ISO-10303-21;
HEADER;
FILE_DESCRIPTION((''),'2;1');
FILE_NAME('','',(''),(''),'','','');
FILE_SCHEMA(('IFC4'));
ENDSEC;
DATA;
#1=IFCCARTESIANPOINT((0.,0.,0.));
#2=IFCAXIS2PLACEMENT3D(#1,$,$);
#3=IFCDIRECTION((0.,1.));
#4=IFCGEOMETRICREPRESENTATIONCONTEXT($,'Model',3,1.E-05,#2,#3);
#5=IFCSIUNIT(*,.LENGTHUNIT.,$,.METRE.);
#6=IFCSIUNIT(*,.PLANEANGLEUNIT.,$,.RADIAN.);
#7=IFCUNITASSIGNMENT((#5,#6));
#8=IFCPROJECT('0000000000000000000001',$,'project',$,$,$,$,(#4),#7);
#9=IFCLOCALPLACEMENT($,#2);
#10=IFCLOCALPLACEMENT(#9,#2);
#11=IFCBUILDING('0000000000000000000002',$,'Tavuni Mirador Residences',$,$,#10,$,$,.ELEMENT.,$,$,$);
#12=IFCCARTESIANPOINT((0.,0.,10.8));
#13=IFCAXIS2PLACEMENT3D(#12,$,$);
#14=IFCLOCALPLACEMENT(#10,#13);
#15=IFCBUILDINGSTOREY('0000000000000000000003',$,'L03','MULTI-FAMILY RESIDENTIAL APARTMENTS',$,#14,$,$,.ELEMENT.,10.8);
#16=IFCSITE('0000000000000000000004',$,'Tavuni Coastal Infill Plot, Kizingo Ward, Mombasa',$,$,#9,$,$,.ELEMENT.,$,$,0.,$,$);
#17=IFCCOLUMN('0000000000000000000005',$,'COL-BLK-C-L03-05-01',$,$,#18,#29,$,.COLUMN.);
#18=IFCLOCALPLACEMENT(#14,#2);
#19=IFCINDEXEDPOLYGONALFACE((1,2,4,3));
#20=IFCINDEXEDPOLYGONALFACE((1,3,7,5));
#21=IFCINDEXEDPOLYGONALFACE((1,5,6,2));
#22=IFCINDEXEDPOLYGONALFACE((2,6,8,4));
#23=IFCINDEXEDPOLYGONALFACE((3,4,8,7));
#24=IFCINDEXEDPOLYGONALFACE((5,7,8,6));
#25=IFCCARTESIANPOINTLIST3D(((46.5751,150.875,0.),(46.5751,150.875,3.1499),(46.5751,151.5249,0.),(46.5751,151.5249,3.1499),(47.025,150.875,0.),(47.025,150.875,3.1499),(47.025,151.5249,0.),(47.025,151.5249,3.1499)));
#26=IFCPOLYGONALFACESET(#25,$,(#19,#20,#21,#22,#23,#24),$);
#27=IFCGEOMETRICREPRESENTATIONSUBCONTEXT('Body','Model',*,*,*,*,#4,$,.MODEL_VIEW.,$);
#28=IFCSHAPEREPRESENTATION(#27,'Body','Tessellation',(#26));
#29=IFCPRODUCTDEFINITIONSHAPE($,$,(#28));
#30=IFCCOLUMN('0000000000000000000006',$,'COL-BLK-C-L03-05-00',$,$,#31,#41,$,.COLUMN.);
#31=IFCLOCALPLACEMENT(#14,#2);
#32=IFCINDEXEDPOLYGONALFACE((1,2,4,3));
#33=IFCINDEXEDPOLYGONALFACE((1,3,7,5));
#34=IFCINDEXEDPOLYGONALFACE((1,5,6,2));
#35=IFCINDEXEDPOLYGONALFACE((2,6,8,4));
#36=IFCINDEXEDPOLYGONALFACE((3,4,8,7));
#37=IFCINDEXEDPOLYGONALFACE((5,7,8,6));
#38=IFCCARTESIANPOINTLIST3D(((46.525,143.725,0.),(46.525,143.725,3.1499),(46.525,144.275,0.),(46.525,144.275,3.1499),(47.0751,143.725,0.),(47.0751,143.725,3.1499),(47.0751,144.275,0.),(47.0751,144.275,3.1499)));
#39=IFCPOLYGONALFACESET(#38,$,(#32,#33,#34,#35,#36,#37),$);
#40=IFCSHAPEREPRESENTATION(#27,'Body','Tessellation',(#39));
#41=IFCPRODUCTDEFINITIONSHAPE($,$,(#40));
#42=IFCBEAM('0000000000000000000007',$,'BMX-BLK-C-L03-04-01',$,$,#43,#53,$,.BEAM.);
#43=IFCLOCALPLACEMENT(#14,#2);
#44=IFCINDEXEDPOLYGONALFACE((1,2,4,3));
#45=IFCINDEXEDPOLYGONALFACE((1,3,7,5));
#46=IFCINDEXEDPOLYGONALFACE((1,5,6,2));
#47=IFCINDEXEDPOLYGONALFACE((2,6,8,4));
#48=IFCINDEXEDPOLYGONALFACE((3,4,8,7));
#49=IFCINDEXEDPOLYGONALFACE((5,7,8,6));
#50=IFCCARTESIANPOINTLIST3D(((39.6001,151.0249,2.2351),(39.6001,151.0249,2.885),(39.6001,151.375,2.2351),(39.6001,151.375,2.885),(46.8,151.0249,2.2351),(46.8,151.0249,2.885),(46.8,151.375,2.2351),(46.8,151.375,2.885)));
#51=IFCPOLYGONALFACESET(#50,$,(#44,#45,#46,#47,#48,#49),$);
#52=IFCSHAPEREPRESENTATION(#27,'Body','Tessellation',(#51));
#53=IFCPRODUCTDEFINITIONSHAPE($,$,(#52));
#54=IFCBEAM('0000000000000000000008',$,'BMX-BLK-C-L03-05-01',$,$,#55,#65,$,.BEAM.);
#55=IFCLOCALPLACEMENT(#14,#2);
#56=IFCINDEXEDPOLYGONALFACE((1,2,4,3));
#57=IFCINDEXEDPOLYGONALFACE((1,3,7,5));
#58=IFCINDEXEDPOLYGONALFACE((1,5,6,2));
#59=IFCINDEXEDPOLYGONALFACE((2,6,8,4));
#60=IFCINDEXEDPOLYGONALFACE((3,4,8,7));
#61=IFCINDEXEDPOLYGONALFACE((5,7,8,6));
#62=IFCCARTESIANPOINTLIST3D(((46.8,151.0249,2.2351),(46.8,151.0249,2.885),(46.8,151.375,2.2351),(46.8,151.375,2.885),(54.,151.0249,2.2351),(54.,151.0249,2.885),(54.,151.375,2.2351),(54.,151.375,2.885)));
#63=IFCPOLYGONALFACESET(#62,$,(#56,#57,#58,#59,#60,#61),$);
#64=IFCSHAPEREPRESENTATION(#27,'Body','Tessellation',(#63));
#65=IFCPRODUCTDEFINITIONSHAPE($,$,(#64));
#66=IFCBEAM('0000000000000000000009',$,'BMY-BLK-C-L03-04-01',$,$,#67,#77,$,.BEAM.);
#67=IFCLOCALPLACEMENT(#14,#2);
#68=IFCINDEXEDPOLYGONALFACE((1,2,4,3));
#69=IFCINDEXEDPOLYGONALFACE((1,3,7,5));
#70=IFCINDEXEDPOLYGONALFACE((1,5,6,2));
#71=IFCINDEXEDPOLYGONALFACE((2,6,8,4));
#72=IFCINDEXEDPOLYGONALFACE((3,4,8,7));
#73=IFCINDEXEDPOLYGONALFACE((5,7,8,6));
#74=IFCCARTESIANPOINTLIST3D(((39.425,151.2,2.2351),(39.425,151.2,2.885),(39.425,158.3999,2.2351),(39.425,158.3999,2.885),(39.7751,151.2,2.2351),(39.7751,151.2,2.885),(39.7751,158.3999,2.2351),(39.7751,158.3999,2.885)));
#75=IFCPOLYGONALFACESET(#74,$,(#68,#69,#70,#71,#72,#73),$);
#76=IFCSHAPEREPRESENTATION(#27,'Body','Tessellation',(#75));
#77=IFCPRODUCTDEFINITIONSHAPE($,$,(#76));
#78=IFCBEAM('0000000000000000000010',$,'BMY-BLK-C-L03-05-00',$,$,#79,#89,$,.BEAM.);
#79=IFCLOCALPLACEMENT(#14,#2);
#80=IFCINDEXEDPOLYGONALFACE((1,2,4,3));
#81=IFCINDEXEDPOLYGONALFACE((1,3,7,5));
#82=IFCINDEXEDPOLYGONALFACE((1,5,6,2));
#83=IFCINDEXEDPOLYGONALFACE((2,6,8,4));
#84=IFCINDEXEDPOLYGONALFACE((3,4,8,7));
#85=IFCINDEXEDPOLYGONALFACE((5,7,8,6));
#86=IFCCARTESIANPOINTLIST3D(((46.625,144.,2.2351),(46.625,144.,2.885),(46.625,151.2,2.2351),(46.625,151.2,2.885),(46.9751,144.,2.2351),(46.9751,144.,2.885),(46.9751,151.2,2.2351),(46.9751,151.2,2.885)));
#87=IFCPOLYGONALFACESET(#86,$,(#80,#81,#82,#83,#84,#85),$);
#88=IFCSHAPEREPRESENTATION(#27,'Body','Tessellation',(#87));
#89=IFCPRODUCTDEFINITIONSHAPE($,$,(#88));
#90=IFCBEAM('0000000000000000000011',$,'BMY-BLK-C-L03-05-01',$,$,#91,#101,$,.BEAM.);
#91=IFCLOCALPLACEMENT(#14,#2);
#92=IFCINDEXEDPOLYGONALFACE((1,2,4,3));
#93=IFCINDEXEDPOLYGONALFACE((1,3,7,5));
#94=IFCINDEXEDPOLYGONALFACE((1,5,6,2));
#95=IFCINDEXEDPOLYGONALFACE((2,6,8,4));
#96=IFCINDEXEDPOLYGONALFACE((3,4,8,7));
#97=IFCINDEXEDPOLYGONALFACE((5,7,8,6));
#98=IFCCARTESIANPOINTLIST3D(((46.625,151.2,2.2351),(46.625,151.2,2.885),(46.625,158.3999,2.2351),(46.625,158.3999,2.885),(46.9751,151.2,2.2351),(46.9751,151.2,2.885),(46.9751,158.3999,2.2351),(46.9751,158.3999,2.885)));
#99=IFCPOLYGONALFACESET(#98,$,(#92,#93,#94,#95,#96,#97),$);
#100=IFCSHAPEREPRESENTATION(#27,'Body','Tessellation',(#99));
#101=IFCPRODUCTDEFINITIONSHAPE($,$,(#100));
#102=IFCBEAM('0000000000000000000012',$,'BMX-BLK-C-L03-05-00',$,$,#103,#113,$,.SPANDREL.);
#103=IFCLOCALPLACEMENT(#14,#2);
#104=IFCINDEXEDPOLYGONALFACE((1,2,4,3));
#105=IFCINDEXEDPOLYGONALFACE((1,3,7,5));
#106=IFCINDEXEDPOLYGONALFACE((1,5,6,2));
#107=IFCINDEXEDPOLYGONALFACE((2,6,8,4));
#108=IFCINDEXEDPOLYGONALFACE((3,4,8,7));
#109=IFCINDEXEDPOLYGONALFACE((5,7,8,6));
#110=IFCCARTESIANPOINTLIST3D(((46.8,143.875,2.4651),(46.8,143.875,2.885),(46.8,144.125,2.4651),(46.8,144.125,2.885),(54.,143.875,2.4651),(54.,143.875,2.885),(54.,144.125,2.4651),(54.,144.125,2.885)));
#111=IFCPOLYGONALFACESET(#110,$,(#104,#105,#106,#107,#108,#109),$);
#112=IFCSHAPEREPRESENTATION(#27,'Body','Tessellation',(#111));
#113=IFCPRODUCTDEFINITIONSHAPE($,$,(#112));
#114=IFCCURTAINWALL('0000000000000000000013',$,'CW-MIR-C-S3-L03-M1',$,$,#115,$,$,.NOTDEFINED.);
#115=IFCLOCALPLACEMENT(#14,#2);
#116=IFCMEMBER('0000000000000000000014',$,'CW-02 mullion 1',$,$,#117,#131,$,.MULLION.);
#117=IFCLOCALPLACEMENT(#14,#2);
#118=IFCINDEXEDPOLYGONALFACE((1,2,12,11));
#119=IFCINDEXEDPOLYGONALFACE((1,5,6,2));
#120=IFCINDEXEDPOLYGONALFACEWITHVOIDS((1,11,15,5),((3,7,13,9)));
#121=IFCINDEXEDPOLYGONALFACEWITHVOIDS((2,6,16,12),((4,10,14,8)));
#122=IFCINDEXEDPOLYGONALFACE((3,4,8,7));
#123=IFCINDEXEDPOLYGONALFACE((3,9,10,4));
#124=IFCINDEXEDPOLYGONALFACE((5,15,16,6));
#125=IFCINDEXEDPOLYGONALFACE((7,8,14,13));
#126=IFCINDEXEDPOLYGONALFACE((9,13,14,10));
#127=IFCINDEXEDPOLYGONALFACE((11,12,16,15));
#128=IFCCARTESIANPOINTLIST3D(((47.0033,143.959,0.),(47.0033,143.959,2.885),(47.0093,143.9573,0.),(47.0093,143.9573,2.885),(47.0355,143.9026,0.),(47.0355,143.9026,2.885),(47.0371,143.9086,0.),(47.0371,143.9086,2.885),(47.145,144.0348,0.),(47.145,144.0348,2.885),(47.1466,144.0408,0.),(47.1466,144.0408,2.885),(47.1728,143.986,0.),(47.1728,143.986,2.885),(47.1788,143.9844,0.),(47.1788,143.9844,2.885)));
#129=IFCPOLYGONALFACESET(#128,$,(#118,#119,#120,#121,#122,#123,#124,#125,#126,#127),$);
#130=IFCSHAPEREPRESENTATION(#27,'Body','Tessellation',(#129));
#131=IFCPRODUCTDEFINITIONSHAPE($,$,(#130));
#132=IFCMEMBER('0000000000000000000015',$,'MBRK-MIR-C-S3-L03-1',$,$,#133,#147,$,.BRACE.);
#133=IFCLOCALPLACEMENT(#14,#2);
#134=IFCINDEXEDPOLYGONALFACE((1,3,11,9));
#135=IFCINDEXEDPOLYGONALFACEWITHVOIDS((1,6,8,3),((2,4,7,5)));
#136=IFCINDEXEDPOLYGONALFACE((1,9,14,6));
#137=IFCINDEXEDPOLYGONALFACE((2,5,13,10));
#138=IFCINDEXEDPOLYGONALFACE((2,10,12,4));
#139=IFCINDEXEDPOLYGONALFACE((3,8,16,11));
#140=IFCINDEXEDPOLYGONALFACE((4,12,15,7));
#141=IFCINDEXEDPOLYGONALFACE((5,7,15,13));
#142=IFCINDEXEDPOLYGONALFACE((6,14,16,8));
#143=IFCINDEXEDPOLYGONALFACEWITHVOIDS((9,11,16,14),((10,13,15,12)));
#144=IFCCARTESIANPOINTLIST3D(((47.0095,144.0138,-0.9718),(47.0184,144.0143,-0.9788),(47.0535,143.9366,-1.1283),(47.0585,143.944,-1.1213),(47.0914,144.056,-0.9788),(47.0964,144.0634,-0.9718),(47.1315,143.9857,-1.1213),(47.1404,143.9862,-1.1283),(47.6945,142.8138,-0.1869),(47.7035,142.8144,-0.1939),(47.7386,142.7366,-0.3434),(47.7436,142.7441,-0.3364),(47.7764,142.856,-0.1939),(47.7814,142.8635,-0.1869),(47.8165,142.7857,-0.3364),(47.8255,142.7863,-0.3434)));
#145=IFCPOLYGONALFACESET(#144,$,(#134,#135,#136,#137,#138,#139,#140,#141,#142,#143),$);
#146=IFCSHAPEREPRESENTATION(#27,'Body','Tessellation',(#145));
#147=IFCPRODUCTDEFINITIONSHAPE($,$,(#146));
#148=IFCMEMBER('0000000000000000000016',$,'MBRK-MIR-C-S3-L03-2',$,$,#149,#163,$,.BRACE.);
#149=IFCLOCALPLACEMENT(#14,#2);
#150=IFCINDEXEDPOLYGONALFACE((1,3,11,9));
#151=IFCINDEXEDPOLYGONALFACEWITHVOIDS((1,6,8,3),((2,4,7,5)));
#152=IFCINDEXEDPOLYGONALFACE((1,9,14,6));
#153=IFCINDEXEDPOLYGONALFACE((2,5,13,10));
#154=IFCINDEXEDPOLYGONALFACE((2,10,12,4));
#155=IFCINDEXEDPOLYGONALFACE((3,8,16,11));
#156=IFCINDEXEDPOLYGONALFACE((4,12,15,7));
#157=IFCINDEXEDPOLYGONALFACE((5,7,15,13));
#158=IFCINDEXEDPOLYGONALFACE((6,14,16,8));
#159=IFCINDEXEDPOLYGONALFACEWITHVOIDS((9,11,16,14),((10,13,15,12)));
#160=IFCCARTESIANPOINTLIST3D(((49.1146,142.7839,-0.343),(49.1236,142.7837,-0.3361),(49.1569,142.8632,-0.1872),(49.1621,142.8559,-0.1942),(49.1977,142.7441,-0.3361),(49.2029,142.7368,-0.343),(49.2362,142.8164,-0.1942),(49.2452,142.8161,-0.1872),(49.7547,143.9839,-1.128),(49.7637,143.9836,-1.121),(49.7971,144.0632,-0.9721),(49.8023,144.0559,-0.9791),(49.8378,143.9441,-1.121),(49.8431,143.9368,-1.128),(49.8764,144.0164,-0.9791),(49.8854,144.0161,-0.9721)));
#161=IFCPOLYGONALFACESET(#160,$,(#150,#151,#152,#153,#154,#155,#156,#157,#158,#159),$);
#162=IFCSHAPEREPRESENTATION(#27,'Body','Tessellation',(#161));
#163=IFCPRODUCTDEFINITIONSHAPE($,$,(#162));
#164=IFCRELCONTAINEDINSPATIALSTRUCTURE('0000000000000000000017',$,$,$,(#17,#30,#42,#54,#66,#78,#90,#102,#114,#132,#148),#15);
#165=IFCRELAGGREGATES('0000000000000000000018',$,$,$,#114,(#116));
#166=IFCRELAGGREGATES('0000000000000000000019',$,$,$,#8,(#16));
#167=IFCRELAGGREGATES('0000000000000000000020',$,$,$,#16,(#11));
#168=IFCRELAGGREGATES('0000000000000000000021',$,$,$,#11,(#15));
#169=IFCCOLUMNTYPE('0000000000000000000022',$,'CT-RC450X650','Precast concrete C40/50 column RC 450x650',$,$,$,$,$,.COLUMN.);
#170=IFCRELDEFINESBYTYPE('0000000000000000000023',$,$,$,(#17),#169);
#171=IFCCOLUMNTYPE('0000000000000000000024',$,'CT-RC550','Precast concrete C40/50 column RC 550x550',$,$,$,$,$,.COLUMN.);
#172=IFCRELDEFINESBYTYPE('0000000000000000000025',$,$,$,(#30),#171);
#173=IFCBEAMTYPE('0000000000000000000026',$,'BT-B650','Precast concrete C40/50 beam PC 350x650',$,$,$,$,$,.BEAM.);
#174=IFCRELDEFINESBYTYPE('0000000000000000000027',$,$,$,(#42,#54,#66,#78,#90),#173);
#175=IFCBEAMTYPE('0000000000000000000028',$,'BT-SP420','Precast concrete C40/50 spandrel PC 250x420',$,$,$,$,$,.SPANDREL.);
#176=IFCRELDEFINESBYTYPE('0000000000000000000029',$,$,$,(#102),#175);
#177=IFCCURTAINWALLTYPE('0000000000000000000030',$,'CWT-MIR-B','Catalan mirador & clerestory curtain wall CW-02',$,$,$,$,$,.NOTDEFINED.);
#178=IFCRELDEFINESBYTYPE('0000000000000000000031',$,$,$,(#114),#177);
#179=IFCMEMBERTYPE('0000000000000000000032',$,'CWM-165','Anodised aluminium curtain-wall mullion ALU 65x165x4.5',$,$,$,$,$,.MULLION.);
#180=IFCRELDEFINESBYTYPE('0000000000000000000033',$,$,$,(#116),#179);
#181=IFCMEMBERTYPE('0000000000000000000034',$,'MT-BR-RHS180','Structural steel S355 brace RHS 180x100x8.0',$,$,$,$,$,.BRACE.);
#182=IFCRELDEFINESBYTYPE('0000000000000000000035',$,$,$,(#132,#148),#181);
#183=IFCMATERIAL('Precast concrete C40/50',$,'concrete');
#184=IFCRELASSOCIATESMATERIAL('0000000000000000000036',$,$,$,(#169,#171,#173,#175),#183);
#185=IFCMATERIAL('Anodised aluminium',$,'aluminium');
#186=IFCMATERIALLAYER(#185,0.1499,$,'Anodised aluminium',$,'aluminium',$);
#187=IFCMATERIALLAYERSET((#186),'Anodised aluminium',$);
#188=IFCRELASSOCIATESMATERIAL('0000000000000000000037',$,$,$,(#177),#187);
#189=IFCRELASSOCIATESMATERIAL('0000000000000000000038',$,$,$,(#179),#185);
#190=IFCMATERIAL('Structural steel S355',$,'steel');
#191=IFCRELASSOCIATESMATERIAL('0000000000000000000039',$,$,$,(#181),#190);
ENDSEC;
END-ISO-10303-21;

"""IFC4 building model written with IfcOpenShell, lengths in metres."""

from ifc_helpers import new_model, si_unit, direction, frame, origin, origin_2d, place, context, subcontext, project, spatial, rectangle, hollow_rectangle, extrude, material, layer, layer_set, material_profile, profile_set, type_object, element, aggregate, save


model = new_model("IFC4")

# Units and contexts
model_context = context("Model", 3, precision=1e-05, world=origin(), true_north=direction((0.0, 1.0)))
body_context = subcontext(model_context, "Body", "Model", "MODEL_VIEW")
ifc_project = project(units=[si_unit("LENGTHUNIT", "METRE"), si_unit("PLANEANGLEUNIT", "RADIAN")], contexts=[model_context])

# Site, building, storey
site_placement = place(None, origin())
site = spatial("IfcSite", under=ifc_project, at=site_placement, Name="Tavuni Coastal Infill Plot, Kizingo Ward, Mombasa", CompositionType="ELEMENT", RefElevation=0.0)
building_placement = place(site_placement, origin())
building = spatial("IfcBuilding", under=site, at=building_placement, Name="Tavuni Mirador Residences", CompositionType="ELEMENT")
storey_placement = place(building_placement, frame((0.0, 0.0, 10.8)))
storey = spatial("IfcBuildingStorey", under=building, at=storey_placement, Name="L03", Description="MULTI-FAMILY RESIDENTIAL APARTMENTS", CompositionType="ELEMENT", Elevation=10.8)

# Columns
ifc_material_1 = material(Name="Precast concrete C40/50", Category="concrete")
ifc_material_profile_1 = material_profile(ifc_material_1, rectangle(XDim=0.45, YDim=0.6499, at=origin_2d()), Name="RC 450x650", Category="concrete")
ifc_profile_set_1 = profile_set([ifc_material_profile_1], Name="Precast concrete C40/50")
column_type_1 = type_object("IfcColumnType", Name="CT-RC450X650", Description="Precast concrete C40/50 column RC 450x650", PredefinedType="COLUMN", material=ifc_profile_set_1)
column_1_placement = place(storey_placement, frame((46.8, 151.2, 0.0), z_axis=(0.0, 0.0, 1.0), x_axis=(1.0, 0.0, 0.0)))
element("IfcColumn", 1, at=column_1_placement, inside=storey, type_object=column_type_1, Name="COL-BLK-C-L03-05-01", PredefinedType="COLUMN", context=body_context, shape_type="SweptSolid", body=[
    extrude(rectangle(XDim=0.45, YDim=0.6499, at=origin_2d()), origin(), (0.0, 0.0, 1.0), 3.1499),
])
ifc_material_profile_2 = material_profile(ifc_material_1, rectangle(XDim=0.55, YDim=0.55, at=origin_2d()), Name="RC 550x550", Category="concrete")
ifc_profile_set_2 = profile_set([ifc_material_profile_2], Name="Precast concrete C40/50")
column_type_2 = type_object("IfcColumnType", Name="CT-RC550", Description="Precast concrete C40/50 column RC 550x550", PredefinedType="COLUMN", material=ifc_profile_set_2)
column_2_placement = place(storey_placement, frame((46.8, 144.0, 0.0), z_axis=(0.0, 0.0, 1.0), x_axis=(1.0, 0.0, 0.0)))
element("IfcColumn", 2, at=column_2_placement, inside=storey, type_object=column_type_2, Name="COL-BLK-C-L03-05-00", PredefinedType="COLUMN", context=body_context, shape_type="SweptSolid", body=[
    extrude(rectangle(XDim=0.55, YDim=0.55, at=origin_2d()), origin(), (0.0, 0.0, 1.0), 3.1499),
])

# Beams
ifc_material_profile_3 = material_profile(ifc_material_1, rectangle(XDim=0.3501, YDim=0.6499, at=origin_2d()), Name="PC 350x650", Category="concrete")
ifc_profile_set_3 = profile_set([ifc_material_profile_3], Name="Precast concrete C40/50")
beam_type_1 = type_object("IfcBeamType", Name="BT-B650", Description="Precast concrete C40/50 beam PC 350x650", PredefinedType="BEAM", material=ifc_profile_set_3)
for number, where, z_axis, x_axis, name in (
    (3, (39.6001, 151.2, 2.5601), (1.0, 0.0, 0.0), (0.0, 1.0, 0.0), "BMX-BLK-C-L03-04-01"),
    (4, (46.8, 151.2, 2.5601), (1.0, 0.0, 0.0), (0.0, 1.0, 0.0), "BMX-BLK-C-L03-05-01"),
    (5, (39.6001, 151.2, 2.5601), (0.0, 1.0, 0.0), (-1.0, 0.0, 0.0), "BMY-BLK-C-L03-04-01"),
    (6, (46.8, 144.0, 2.5601), (0.0, 1.0, 0.0), (-1.0, 0.0, 0.0), "BMY-BLK-C-L03-05-00"),
    (7, (46.8, 151.2, 2.5601), (0.0, 1.0, 0.0), (-1.0, 0.0, 0.0), "BMY-BLK-C-L03-05-01"),
):
    element("IfcBeam", number, at=place(storey_placement, frame(where, z_axis=z_axis, x_axis=x_axis)), inside=storey, type_object=beam_type_1, Name=name, PredefinedType="BEAM", context=body_context, shape_type="SweptSolid", body=[
        extrude(rectangle(XDim=0.3501, YDim=0.6499, at=origin_2d()), origin(), (0.0, 0.0, 1.0), 7.2),
    ])
ifc_material_profile_4 = material_profile(ifc_material_1, rectangle(XDim=0.25, YDim=0.4199, at=origin_2d()), Name="PC 250x420", Category="concrete")
ifc_profile_set_4 = profile_set([ifc_material_profile_4], Name="Precast concrete C40/50")
beam_type_2 = type_object("IfcBeamType", Name="BT-SP420", Description="Precast concrete C40/50 spandrel PC 250x420", PredefinedType="SPANDREL", material=ifc_profile_set_4)
beam_placement = place(storey_placement, frame((46.8, 144.0, 2.675), z_axis=(1.0, 0.0, 0.0), x_axis=(0.0, 1.0, 0.0)))
element("IfcBeam", 8, at=beam_placement, inside=storey, type_object=beam_type_2, Name="BMX-BLK-C-L03-05-00", PredefinedType="SPANDREL", context=body_context, shape_type="SweptSolid", body=[
    extrude(rectangle(XDim=0.25, YDim=0.4199, at=origin_2d()), origin(), (0.0, 0.0, 1.0), 7.2),
])

# Curtain wall, member
ifc_material_2 = material(Name="Anodised aluminium", Category="aluminium")
ifc_layer_1 = layer(ifc_material_2, 0.1499, Name="Anodised aluminium", Category="aluminium")
ifc_layer_set_1 = layer_set([ifc_layer_1], Name="Anodised aluminium")
curtain_wall_type = type_object("IfcCurtainWallType", Name="CWT-MIR-B", Description="Catalan mirador & clerestory curtain wall CW-02", PredefinedType="NOTDEFINED", material=ifc_layer_set_1)
curtain_wall_placement = place(storey_placement, origin())
curtain_wall = element("IfcCurtainWall", 9, at=curtain_wall_placement, inside=storey, type_object=curtain_wall_type, Name="CW-MIR-C-S3-L03-M1", PredefinedType="NOTDEFINED")
ifc_material_profile_5 = material_profile(ifc_material_2, hollow_rectangle(XDim=0.0649, YDim=0.165, WallThickness=0.0044, at=origin_2d()), Name="ALU 65x165x4.5", Category="aluminium")
ifc_profile_set_5 = profile_set([ifc_material_profile_5], Name="Anodised aluminium")
member_type_1 = type_object("IfcMemberType", Name="CWM-165", Description="Anodised aluminium curtain-wall mullion ALU 65x165x4.5", PredefinedType="MULLION", material=ifc_profile_set_5)
member_1_placement = place(storey_placement, frame((47.0911, 143.9717, 0.0), z_axis=(0.0, 0.0, 1.0), x_axis=(0.495749, -0.868466, 0.0)))
member_1 = element("IfcMember", 10, at=member_1_placement, type_object=member_type_1, Name="CW-02 mullion 1", PredefinedType="MULLION", context=body_context, shape_type="SweptSolid", body=[
    extrude(hollow_rectangle(XDim=0.0649, YDim=0.165, WallThickness=0.0044, at=origin_2d()), origin(), (0.0, 0.0, 1.0), 2.885),
])
aggregate(curtain_wall, [member_1])

# Members
ifc_material_3 = material(Name="Structural steel S355", Category="steel")
ifc_material_profile_6 = material_profile(ifc_material_3, hollow_rectangle(XDim=0.1001, YDim=0.1799, WallThickness=0.0081, at=origin_2d()), Name="RHS 180x100x8.0", Category="steel")
ifc_profile_set_6 = profile_set([ifc_material_profile_6], Name="Structural steel S355")
member_type_2 = type_object("IfcMemberType", Name="MT-BR-RHS180", Description="Structural steel S355 brace RHS 180x100x8.0", PredefinedType="BRACE", material=ifc_profile_set_6)
member_2_placement = place(storey_placement, frame((47.075, 144.0, -1.05), z_axis=(0.431095, -0.755108, 0.493931), x_axis=(0.868439, 0.495796, 0.0)))
element("IfcMember", 11, at=member_2_placement, inside=storey, type_object=member_type_2, Name="MBRK-MIR-C-S3-L03-1", PredefinedType="BRACE", context=body_context, shape_type="SweptSolid", body=[
    extrude(hollow_rectangle(XDim=0.1001, YDim=0.1799, WallThickness=0.0081, at=origin_2d()), origin(), (0.0, 0.0, 1.0), 1.5891),
])
member_3_placement = place(storey_placement, frame((49.8201, 144.0, -1.05), z_axis=(-0.407661, -0.764169, 0.499858), x_axis=(0.882303, -0.470681, 0.0)))
element("IfcMember", 12, at=member_3_placement, inside=storey, type_object=member_type_2, Name="MBRK-MIR-C-S3-L03-2", PredefinedType="BRACE", context=body_context, shape_type="SweptSolid", body=[
    extrude(hollow_rectangle(XDim=0.1001, YDim=0.1799, WallThickness=0.0081, at=origin_2d()), origin(), (0.0, 0.0, 1.0), 1.5703),
])

save(model, "model.ifc")
